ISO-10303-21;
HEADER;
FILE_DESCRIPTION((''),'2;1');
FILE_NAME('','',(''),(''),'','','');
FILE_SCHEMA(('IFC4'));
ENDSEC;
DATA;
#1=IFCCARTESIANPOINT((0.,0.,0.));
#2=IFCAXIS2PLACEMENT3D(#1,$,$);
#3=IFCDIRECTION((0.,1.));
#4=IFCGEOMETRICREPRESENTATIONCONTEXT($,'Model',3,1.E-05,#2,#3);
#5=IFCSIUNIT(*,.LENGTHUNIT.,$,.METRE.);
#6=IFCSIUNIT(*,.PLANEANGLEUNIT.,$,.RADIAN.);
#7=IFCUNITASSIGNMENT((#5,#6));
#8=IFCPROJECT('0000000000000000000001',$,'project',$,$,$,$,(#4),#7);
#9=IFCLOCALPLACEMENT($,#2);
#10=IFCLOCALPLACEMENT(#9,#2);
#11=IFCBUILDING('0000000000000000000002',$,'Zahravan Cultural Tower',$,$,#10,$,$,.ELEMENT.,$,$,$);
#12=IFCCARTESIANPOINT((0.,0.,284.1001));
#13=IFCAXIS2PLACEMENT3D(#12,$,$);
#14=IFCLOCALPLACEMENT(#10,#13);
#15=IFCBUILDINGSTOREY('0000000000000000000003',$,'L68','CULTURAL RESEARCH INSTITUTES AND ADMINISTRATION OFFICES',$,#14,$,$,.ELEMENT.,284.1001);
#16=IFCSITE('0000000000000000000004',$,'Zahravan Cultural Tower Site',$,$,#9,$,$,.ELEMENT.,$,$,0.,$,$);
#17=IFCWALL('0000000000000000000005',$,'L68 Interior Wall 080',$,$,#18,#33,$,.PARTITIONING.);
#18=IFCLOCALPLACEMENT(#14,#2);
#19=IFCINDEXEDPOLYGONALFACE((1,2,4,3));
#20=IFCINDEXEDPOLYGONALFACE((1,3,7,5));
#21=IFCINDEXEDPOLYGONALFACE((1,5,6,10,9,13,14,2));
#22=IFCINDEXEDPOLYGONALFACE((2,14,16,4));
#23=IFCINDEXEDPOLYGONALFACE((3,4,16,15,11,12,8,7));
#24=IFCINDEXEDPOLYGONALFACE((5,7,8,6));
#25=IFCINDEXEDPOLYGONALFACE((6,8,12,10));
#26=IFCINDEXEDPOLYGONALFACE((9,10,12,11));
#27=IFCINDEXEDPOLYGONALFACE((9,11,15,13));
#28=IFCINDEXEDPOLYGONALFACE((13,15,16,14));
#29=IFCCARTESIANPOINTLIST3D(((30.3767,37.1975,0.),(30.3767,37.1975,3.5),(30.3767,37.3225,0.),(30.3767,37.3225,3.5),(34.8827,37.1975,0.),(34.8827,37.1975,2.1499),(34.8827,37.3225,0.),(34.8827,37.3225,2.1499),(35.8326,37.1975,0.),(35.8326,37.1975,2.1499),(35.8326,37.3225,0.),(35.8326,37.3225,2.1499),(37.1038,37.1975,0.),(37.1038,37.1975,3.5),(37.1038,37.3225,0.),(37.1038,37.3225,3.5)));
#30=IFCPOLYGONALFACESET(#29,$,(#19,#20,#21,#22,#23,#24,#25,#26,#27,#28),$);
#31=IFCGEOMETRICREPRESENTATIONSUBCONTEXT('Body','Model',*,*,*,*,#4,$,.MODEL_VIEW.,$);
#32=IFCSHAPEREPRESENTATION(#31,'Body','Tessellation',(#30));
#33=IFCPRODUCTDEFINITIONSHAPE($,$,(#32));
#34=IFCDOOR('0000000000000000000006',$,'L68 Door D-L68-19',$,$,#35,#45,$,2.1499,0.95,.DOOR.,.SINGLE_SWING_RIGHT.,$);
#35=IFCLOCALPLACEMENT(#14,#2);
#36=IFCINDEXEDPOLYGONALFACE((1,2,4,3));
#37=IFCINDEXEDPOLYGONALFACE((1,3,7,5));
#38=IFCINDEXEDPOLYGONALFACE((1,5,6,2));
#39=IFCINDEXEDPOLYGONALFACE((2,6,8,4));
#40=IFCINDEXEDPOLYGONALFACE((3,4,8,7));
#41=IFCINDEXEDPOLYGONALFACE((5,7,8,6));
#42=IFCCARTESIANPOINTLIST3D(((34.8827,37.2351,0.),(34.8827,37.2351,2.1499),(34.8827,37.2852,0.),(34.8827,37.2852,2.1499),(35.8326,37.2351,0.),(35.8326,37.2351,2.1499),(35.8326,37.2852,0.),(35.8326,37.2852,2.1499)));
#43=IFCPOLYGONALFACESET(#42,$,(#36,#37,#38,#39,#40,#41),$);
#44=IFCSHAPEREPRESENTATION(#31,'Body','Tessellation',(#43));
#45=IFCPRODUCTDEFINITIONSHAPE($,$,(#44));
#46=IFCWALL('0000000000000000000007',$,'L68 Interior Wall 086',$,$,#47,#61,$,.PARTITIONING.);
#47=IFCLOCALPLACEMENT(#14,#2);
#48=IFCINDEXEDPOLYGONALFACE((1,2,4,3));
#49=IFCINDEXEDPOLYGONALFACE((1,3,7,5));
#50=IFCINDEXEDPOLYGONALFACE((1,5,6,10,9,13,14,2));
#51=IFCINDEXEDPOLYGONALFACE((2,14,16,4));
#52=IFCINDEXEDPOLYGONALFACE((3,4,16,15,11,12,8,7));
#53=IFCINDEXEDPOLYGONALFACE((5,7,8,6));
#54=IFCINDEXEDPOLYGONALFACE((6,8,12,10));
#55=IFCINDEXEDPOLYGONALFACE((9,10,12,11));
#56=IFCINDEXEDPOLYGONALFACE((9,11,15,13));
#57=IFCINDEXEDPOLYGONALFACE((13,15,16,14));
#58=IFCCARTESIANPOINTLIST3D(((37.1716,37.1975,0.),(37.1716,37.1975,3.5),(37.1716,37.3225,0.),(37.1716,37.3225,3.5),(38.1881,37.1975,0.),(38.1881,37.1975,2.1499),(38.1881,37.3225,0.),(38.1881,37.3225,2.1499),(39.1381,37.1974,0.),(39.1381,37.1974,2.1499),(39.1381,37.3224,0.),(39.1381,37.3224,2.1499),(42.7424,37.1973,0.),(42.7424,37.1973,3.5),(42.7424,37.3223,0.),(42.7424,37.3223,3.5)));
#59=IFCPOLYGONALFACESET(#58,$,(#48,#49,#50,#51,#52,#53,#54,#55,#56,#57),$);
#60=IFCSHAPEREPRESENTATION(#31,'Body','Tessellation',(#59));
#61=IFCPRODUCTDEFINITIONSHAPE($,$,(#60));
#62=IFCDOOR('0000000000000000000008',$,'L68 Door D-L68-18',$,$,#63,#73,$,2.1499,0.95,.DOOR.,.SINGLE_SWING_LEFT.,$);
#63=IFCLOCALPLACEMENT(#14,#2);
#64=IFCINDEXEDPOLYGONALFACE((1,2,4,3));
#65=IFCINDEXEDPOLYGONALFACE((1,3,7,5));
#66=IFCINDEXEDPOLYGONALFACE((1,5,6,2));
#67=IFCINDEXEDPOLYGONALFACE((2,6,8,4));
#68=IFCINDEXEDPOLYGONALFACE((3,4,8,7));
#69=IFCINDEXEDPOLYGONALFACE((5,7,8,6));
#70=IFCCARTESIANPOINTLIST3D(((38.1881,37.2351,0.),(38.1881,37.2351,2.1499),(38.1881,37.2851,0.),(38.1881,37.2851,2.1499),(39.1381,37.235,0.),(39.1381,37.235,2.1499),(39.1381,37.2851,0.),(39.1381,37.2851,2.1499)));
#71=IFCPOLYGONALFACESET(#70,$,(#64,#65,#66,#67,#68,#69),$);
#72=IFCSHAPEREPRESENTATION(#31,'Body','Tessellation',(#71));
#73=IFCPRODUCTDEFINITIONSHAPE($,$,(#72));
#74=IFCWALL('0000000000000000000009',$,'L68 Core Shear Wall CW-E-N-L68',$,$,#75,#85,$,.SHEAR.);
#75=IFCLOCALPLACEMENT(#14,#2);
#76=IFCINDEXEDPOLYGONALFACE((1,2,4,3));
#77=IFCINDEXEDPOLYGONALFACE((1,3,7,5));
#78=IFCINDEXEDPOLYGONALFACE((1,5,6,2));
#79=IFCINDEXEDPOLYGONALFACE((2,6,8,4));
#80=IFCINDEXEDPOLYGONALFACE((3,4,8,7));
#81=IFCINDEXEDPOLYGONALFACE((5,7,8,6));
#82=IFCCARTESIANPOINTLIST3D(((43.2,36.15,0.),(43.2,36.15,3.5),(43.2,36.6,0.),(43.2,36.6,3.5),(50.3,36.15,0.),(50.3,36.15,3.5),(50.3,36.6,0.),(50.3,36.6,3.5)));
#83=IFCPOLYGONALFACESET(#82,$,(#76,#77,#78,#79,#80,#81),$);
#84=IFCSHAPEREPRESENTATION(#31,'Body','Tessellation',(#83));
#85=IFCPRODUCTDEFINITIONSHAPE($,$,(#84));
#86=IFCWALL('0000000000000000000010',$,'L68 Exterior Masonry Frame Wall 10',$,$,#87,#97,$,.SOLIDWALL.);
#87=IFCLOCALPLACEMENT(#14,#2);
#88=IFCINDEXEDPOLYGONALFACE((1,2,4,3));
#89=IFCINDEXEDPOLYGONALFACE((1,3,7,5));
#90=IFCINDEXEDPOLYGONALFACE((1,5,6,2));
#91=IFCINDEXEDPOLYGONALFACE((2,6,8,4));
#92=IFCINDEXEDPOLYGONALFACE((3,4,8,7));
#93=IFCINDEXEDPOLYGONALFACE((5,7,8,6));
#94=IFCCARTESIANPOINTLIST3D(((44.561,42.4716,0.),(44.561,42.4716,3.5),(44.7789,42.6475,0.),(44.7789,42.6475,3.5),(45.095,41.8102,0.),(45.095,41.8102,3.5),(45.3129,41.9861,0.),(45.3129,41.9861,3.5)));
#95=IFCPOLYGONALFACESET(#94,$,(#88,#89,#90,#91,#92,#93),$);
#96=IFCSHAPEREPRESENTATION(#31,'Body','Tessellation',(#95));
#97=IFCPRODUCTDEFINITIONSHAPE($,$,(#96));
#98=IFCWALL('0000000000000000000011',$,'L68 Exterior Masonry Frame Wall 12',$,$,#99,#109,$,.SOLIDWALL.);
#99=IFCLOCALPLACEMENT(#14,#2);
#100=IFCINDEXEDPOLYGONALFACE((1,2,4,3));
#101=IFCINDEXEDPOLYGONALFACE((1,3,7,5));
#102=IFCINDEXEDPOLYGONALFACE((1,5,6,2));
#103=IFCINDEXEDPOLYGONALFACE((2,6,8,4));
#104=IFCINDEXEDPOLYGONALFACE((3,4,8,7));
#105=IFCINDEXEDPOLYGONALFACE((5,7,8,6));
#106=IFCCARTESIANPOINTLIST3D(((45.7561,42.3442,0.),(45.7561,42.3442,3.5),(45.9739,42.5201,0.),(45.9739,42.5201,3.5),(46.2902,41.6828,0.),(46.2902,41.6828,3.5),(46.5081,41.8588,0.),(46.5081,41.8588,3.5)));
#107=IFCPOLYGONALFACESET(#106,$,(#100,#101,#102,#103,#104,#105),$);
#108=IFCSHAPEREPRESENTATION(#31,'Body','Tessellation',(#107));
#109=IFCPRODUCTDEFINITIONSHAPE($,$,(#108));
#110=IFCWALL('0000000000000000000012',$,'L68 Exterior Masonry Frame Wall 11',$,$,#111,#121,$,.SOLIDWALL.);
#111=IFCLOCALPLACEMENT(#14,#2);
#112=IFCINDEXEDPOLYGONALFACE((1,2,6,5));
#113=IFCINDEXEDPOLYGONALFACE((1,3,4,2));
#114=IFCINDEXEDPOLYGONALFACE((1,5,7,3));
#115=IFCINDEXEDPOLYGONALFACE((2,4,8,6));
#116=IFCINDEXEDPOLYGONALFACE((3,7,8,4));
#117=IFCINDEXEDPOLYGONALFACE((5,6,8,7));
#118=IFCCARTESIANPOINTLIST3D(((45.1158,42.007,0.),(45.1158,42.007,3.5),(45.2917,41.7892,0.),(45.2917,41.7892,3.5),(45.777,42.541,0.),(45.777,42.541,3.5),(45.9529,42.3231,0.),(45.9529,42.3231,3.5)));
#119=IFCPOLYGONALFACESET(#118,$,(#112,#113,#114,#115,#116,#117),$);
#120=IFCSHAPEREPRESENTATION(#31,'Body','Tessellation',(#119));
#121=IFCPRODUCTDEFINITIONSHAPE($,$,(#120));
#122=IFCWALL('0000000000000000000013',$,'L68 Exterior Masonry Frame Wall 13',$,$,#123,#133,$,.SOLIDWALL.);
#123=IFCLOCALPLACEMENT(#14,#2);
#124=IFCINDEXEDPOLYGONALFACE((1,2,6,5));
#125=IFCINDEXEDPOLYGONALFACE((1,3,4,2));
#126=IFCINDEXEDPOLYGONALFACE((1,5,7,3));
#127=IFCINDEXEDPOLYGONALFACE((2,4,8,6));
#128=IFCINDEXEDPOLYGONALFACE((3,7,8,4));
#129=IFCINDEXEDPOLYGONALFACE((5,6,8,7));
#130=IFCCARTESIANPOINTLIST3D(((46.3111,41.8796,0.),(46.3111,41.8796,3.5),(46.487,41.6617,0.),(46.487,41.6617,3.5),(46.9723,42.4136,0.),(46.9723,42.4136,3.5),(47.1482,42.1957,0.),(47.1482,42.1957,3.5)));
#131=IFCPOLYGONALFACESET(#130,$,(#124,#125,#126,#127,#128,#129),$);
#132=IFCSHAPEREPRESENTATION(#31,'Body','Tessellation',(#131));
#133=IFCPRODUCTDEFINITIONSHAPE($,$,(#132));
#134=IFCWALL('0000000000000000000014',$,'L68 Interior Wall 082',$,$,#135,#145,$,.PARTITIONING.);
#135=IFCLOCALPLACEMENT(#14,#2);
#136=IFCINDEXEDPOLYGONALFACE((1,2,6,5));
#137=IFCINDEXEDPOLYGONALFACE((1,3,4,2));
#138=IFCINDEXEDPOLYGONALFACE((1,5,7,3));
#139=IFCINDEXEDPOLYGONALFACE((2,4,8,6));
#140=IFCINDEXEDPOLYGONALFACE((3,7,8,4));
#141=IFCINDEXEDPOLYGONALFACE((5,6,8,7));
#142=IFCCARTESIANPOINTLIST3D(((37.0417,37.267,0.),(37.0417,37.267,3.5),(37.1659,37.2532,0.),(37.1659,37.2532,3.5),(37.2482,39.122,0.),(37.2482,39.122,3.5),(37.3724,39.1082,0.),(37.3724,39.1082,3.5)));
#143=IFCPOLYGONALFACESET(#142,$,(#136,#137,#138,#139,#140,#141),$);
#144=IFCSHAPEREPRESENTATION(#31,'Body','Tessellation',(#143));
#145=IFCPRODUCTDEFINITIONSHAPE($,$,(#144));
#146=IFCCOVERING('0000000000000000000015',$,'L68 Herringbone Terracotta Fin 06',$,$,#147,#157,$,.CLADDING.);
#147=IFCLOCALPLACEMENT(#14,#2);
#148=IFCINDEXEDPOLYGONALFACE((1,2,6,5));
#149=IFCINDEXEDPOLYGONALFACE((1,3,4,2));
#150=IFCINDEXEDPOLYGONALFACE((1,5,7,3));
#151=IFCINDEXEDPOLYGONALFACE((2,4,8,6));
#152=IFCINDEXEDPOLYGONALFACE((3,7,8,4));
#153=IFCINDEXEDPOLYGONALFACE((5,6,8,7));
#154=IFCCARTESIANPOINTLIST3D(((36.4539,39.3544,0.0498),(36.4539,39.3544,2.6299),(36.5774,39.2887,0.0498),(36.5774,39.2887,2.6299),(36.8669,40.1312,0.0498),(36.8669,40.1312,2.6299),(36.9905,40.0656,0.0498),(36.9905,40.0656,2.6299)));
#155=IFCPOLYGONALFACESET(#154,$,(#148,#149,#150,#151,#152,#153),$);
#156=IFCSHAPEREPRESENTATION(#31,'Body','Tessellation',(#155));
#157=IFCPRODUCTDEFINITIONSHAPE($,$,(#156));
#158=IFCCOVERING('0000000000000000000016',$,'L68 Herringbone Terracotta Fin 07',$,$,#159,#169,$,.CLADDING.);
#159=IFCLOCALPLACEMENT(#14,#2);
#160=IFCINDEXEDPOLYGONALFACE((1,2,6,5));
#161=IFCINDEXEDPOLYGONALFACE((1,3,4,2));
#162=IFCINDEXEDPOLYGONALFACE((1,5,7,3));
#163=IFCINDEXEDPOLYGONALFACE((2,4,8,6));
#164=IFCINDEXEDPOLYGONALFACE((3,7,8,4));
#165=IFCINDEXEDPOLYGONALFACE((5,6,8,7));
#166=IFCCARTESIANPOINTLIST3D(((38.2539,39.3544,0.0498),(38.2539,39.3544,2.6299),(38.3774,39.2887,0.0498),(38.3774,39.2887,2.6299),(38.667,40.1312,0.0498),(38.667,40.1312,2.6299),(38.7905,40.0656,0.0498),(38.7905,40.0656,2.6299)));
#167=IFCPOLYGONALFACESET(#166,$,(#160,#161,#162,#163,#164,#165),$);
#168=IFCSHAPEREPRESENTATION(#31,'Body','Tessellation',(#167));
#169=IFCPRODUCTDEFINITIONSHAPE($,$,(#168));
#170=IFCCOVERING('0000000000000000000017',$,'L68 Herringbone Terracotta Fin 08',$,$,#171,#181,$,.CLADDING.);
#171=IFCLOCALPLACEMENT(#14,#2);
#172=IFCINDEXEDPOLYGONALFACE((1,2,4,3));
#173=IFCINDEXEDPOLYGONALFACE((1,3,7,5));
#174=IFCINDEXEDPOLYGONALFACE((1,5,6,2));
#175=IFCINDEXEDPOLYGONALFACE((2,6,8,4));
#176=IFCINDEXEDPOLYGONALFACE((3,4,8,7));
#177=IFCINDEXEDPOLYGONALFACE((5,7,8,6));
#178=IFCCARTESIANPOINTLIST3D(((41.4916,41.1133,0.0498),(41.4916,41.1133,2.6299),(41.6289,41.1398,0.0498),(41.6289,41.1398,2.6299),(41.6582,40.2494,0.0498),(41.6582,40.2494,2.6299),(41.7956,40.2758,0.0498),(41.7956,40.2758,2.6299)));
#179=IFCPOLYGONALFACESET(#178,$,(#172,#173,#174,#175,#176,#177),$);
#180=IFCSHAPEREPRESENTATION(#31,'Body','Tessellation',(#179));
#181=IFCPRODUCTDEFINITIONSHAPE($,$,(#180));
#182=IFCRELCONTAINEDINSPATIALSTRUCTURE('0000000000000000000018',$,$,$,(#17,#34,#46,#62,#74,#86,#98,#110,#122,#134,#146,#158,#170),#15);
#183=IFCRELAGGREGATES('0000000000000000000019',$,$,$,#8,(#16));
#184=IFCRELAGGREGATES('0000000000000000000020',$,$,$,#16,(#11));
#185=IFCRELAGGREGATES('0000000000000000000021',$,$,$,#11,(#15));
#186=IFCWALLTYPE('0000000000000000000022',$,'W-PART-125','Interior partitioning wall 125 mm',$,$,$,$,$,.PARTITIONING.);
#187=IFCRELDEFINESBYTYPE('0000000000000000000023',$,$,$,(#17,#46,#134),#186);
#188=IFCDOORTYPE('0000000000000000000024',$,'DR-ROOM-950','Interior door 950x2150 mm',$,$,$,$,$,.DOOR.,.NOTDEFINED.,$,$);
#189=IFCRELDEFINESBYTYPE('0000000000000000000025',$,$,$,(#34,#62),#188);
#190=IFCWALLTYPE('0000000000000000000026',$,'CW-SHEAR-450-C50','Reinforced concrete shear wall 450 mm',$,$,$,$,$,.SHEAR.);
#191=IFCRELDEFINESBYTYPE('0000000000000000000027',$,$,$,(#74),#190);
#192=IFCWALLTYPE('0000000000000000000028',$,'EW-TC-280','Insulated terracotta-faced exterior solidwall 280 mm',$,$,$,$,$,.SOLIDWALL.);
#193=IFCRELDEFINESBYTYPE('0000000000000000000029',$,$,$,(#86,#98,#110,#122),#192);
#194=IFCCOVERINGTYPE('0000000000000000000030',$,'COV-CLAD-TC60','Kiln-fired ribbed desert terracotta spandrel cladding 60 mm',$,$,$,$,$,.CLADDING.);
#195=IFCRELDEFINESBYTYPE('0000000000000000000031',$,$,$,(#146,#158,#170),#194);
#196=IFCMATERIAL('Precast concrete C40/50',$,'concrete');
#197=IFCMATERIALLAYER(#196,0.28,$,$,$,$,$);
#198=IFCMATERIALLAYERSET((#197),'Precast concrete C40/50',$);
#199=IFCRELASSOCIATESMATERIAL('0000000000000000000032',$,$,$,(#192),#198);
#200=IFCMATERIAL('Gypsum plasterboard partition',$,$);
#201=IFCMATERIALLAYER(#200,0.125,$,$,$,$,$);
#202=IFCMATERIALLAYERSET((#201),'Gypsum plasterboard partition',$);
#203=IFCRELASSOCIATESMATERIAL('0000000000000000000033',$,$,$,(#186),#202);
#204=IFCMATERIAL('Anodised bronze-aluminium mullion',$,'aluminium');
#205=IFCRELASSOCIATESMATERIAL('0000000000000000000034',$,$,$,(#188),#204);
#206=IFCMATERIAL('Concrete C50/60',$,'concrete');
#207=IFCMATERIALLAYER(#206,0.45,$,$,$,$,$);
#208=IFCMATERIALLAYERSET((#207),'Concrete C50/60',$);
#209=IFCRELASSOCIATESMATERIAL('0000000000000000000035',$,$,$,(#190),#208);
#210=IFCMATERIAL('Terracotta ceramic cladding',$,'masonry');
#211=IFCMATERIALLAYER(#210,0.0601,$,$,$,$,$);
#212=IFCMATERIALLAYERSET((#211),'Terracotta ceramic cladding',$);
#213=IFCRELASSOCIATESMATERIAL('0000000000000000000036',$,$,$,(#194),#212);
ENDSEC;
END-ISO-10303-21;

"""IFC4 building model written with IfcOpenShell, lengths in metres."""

from ifc_helpers import new_model, si_unit, direction, frame, frame_2d, origin, origin_2d, place, context, subcontext, project, spatial, rectangle, extrude, source, transform, mapped, material, layer, layer_set, type_object, element, fill, save


model = new_model("IFC4")

# Units and contexts
model_context = context("Model", 3, precision=1e-05, world=origin(), true_north=direction((0.0, 1.0)))
body_context = subcontext(model_context, "Body", "Model", "MODEL_VIEW")
ifc_project = project(units=[si_unit("LENGTHUNIT", "METRE"), si_unit("PLANEANGLEUNIT", "RADIAN")], contexts=[model_context])

# Site, building, storey
site_placement = place(None, origin())
site = spatial("IfcSite", under=ifc_project, at=site_placement, Name="Zahravan Cultural Tower Site", CompositionType="ELEMENT", RefElevation=0.0)
building_placement = place(site_placement, origin())
building = spatial("IfcBuilding", under=site, at=building_placement, Name="Zahravan Cultural Tower", CompositionType="ELEMENT")
storey_placement = place(building_placement, frame((0.0, 0.0, 284.1001)))
storey = spatial("IfcBuildingStorey", under=building, at=storey_placement, Name="L68", Description="CULTURAL RESEARCH INSTITUTES AND ADMINISTRATION OFFICES", CompositionType="ELEMENT", Elevation=284.1001)

# Shared definitions
ifc_material_1 = material(Name="Concrete C50/60", Category="concrete")

# Shared definitions
ifc_material_2 = material(Name="Precast concrete C40/50", Category="concrete")
ifc_layer_1 = layer(ifc_material_2, 0.28)
ifc_layer_set_1 = layer_set([ifc_layer_1], Name="Precast concrete C40/50")
wall_type_1 = type_object("IfcWallType", Name="EW-TC-280", Description="Insulated terracotta-faced exterior solidwall 280 mm", PredefinedType="SOLIDWALL", material=ifc_layer_set_1)

# Walls, openings, doors
ifc_material_3 = material(Name="Gypsum plasterboard partition")
ifc_layer_2 = layer(ifc_material_3, 0.125)
ifc_layer_set_2 = layer_set([ifc_layer_2], Name="Gypsum plasterboard partition")
wall_type_2 = type_object("IfcWallType", Name="W-PART-125", Description="Interior partitioning wall 125 mm", PredefinedType="PARTITIONING", material=ifc_layer_set_2)
wall_1_placement = place(storey_placement, frame((37.1038, 37.26, 0.0), z_axis=(0.0, 0.0, 1.0), x_axis=(-1.0, 0.0, 0.0)))
wall_1 = element("IfcWall", 1, at=wall_1_placement, inside=storey, type_object=wall_type_2, Name="L68 Interior Wall 080", PredefinedType="PARTITIONING", context=body_context, shape_type="SweptSolid", body=[
    extrude(rectangle(XDim=6.7271, YDim=0.125, at=frame_2d((3.3635, 0.0))), origin(), (0.0, 0.0, 1.0), 3.5),
])
opening_1_placement = place(wall_1_placement, frame((1.271, 0.0, 0.0)))
opening_1 = element("IfcOpeningElement", 2, at=opening_1_placement, cuts=wall_1, PredefinedType="OPENING", context=body_context, shape_type="SweptSolid", body=[
    extrude(rectangle(XDim=0.95, YDim=2.1499, at=frame_2d((0.4751, 1.075))), frame((0.0, 0.0725, 0.0), z_axis=(0.0, -1.0, 0.0), x_axis=(1.0, 0.0, 0.0)), (0.0, 0.0, 1.0), 0.145),
])
ifc_material_4 = material(Name="Anodised bronze-aluminium mullion", Category="aluminium")
door_type = type_object("IfcDoorType", Name="DR-ROOM-950", Description="Interior door 950x2150 mm", OperationType="NOTDEFINED", PredefinedType="DOOR", material=ifc_material_4)
shared_shape_1 = source(origin(), body_context, "Body", "SweptSolid", [
    extrude(rectangle(XDim=0.95, YDim=2.1499, at=frame_2d((0.4751, 1.075))), frame((0.0, 0.0249, 0.0), z_axis=(0.0, -1.0, 0.0), x_axis=(1.0, 0.0, 0.0)), (0.0, 0.0, 1.0), 0.05),
])
door_1_placement = place(opening_1_placement, origin())
door_1 = element("IfcDoor", 3, at=door_1_placement, inside=storey, type_object=door_type, Name="L68 Door D-L68-19", OperationType="SINGLE_SWING_RIGHT", OverallHeight=2.1499, OverallWidth=0.95, PredefinedType="DOOR", context=body_context, shape_type="MappedRepresentation", body=[
    mapped(shared_shape_1, transform((0.0, 0.0, 0.0), x_axis=(1.0, 0.0, 0.0), y_axis=(0.0, 1.0, 0.0), z_axis=(0.0, 0.0, 1.0), scale=1.0)),
])
fill(opening_1, door_1)
wall_2_placement = place(storey_placement, frame((42.7424, 37.2598, 0.0), z_axis=(0.0, 0.0, 1.0), x_axis=(-1.0, 0.000044, 0.0)))
wall_2 = element("IfcWall", 4, at=wall_2_placement, inside=storey, type_object=wall_type_2, Name="L68 Interior Wall 086", PredefinedType="PARTITIONING", context=body_context, shape_type="SweptSolid", body=[
    extrude(rectangle(XDim=5.5708, YDim=0.125, at=frame_2d((2.7854, 0.0))), origin(), (0.0, 0.0, 1.0), 3.5),
])
opening_2_placement = place(wall_2_placement, frame((3.6042, 0.0, 0.0)))
opening_2 = element("IfcOpeningElement", 5, at=opening_2_placement, cuts=wall_2, PredefinedType="OPENING", context=body_context, shape_type="SweptSolid", body=[
    extrude(rectangle(XDim=0.95, YDim=2.1499, at=frame_2d((0.4751, 1.075))), frame((0.0, 0.0725, 0.0), z_axis=(0.0, -1.0, 0.0), x_axis=(1.0, 0.0, 0.0)), (0.0, 0.0, 1.0), 0.145),
])
door_2_placement = place(opening_2_placement, origin())
door_2 = element("IfcDoor", 6, at=door_2_placement, inside=storey, type_object=door_type, Name="L68 Door D-L68-18", OperationType="SINGLE_SWING_LEFT", OverallHeight=2.1499, OverallWidth=0.95, PredefinedType="DOOR", context=body_context, shape_type="MappedRepresentation", body=[
    mapped(shared_shape_1, transform((0.0, 0.0, 0.0), x_axis=(1.0, 0.0, 0.0), y_axis=(0.0, 1.0, 0.0), z_axis=(0.0, 0.0, 1.0), scale=1.0)),
])
fill(opening_2, door_2)

# Walls
ifc_layer_3 = layer(ifc_material_1, 0.45)
ifc_layer_set_3 = layer_set([ifc_layer_3], Name="Concrete C50/60")
wall_type_3 = type_object("IfcWallType", Name="CW-SHEAR-450-C50", Description="Reinforced concrete shear wall 450 mm", PredefinedType="SHEAR", material=ifc_layer_set_3)
shared_shape_2 = source(origin(), body_context, "Body", "SweptSolid", [
    extrude(rectangle(XDim=7.1001, YDim=0.45, at=frame_2d((3.55, 0.0))), origin(), (0.0, 0.0, 1.0), 3.5),
])
wall_3_placement = place(storey_placement, frame((43.2, 36.375, 0.0), z_axis=(0.0, 0.0, 1.0), x_axis=(1.0, 0.0, 0.0)))
element("IfcWall", 7, at=wall_3_placement, inside=storey, type_object=wall_type_3, Name="L68 Core Shear Wall CW-E-N-L68", PredefinedType="SHEAR", context=body_context, shape_type="MappedRepresentation", body=[
    mapped(shared_shape_2, transform((0.0, 0.0, 0.0), x_axis=(1.0, 0.0, 0.0), y_axis=(0.0, 1.0, 0.0), z_axis=(0.0, 0.0, 1.0), scale=1.0)),
])
shared_shape_3 = source(origin(), body_context, "Body", "SweptSolid", [
    extrude(rectangle(XDim=0.8501, YDim=0.28, at=frame_2d((0.425, 0.0))), origin(), (0.0, 0.0, 1.0), 3.5),
])
for number, where, z_axis, x_axis, name in (
    (8, (44.6699, 42.5596, 0.0), (0.0, 0.0, 1.0), (0.628157, -0.778087, 0.0), "L68 Exterior Masonry Frame Wall 10"),
    (9, (45.865, 42.4321, 0.0), (0.0, 0.0, 1.0), (0.62833, -0.777947, 0.0), "L68 Exterior Masonry Frame Wall 12"),
):
    element("IfcWall", number, at=place(storey_placement, frame(where, z_axis=z_axis, x_axis=x_axis)), inside=storey, type_object=wall_type_1, Name=name, PredefinedType="SOLIDWALL", context=body_context, shape_type="MappedRepresentation", body=[
        mapped(shared_shape_3, transform((0.0, 0.0, 0.0), x_axis=(1.0, 0.0, 0.0), y_axis=(0.0, 1.0, 0.0), z_axis=(0.0, 0.0, 1.0), scale=1.0)),
    ])
shared_shape_4 = source(origin(), body_context, "Body", "SweptSolid", [
    extrude(rectangle(XDim=0.8499, YDim=0.28, at=frame_2d((0.4248, 0.0))), origin(), (0.0, 0.0, 1.0), 3.5),
])
for number, where, z_axis, x_axis, name in (
    (10, (45.2039, 41.8982, 0.0), (0.0, 0.0, 1.0), (0.777974, 0.628297, 0.0), "L68 Exterior Masonry Frame Wall 11"),
    (11, (46.3992, 41.7708, 0.0), (0.0, 0.0, 1.0), (0.777974, 0.628297, 0.0), "L68 Exterior Masonry Frame Wall 13"),
):
    element("IfcWall", number, at=place(storey_placement, frame(where, z_axis=z_axis, x_axis=x_axis)), inside=storey, type_object=wall_type_1, Name=name, PredefinedType="SOLIDWALL", context=body_context, shape_type="MappedRepresentation", body=[
        mapped(shared_shape_4, transform((0.0, 0.0, 0.0), x_axis=(1.0, 0.0, 0.0), y_axis=(0.0, 1.0, 0.0), z_axis=(0.0, 0.0, 1.0), scale=1.0)),
    ])
shared_shape_5 = source(origin(), body_context, "Body", "SweptSolid", [
    extrude(rectangle(XDim=1.8665, YDim=0.125, at=frame_2d((0.9331, 0.0))), origin(), (0.0, 0.0, 1.0), 3.5),
])
wall_4_placement = place(storey_placement, frame((37.3103, 39.115, 0.0), z_axis=(0.0, 0.0, 1.0), x_axis=(-0.110661, -0.993858, 0.0)))
element("IfcWall", 12, at=wall_4_placement, inside=storey, type_object=wall_type_2, Name="L68 Interior Wall 082", PredefinedType="PARTITIONING", context=body_context, shape_type="MappedRepresentation", body=[
    mapped(shared_shape_5, transform((0.0, 0.0, 0.0), x_axis=(1.0, 0.0, 0.0), y_axis=(0.0, 1.0, 0.0), z_axis=(0.0, 0.0, 1.0), scale=1.0)),
])

# Coverings
ifc_material_5 = material(Name="Terracotta ceramic cladding", Category="masonry")
ifc_layer_4 = layer(ifc_material_5, 0.0601)
ifc_layer_set_4 = layer_set([ifc_layer_4], Name="Terracotta ceramic cladding")
covering_type = type_object("IfcCoveringType", Name="COV-CLAD-TC60", Description="Kiln-fired ribbed desert terracotta spandrel cladding 60 mm", PredefinedType="CLADDING", material=ifc_layer_set_4)
shared_shape_6 = source(origin(), body_context, "Body", "SweptSolid", [
    extrude(rectangle(XDim=0.8799, YDim=0.1399, at=origin_2d()), origin(), (0.0, 0.0, 1.0), 2.5801),
])
for number, where, z_axis, x_axis, name in (
    (13, (36.7222, 39.71, 0.0498), (0.0, 0.0, 1.0), (0.469472, 0.882948, 0.0), "L68 Herringbone Terracotta Fin 06"),
    (14, (38.5222, 39.71, 0.0498), (0.0, 0.0, 1.0), (0.469472, 0.882948, 0.0), "L68 Herringbone Terracotta Fin 07"),
    (15, (41.6436, 40.6946, 0.0498), (0.0, 0.0, 1.0), (-0.189387, 0.981903, 0.0), "L68 Herringbone Terracotta Fin 08"),
):
    element("IfcCovering", number, at=place(storey_placement, frame(where, z_axis=z_axis, x_axis=x_axis)), inside=storey, type_object=covering_type, Name=name, PredefinedType="CLADDING", context=body_context, shape_type="MappedRepresentation", body=[
        mapped(shared_shape_6, transform((0.0, 0.0, 0.0), x_axis=(1.0, 0.0, 0.0), y_axis=(0.0, 1.0, 0.0), z_axis=(0.0, 0.0, 1.0), scale=1.0)),
    ])

save(model, "model.ifc")
